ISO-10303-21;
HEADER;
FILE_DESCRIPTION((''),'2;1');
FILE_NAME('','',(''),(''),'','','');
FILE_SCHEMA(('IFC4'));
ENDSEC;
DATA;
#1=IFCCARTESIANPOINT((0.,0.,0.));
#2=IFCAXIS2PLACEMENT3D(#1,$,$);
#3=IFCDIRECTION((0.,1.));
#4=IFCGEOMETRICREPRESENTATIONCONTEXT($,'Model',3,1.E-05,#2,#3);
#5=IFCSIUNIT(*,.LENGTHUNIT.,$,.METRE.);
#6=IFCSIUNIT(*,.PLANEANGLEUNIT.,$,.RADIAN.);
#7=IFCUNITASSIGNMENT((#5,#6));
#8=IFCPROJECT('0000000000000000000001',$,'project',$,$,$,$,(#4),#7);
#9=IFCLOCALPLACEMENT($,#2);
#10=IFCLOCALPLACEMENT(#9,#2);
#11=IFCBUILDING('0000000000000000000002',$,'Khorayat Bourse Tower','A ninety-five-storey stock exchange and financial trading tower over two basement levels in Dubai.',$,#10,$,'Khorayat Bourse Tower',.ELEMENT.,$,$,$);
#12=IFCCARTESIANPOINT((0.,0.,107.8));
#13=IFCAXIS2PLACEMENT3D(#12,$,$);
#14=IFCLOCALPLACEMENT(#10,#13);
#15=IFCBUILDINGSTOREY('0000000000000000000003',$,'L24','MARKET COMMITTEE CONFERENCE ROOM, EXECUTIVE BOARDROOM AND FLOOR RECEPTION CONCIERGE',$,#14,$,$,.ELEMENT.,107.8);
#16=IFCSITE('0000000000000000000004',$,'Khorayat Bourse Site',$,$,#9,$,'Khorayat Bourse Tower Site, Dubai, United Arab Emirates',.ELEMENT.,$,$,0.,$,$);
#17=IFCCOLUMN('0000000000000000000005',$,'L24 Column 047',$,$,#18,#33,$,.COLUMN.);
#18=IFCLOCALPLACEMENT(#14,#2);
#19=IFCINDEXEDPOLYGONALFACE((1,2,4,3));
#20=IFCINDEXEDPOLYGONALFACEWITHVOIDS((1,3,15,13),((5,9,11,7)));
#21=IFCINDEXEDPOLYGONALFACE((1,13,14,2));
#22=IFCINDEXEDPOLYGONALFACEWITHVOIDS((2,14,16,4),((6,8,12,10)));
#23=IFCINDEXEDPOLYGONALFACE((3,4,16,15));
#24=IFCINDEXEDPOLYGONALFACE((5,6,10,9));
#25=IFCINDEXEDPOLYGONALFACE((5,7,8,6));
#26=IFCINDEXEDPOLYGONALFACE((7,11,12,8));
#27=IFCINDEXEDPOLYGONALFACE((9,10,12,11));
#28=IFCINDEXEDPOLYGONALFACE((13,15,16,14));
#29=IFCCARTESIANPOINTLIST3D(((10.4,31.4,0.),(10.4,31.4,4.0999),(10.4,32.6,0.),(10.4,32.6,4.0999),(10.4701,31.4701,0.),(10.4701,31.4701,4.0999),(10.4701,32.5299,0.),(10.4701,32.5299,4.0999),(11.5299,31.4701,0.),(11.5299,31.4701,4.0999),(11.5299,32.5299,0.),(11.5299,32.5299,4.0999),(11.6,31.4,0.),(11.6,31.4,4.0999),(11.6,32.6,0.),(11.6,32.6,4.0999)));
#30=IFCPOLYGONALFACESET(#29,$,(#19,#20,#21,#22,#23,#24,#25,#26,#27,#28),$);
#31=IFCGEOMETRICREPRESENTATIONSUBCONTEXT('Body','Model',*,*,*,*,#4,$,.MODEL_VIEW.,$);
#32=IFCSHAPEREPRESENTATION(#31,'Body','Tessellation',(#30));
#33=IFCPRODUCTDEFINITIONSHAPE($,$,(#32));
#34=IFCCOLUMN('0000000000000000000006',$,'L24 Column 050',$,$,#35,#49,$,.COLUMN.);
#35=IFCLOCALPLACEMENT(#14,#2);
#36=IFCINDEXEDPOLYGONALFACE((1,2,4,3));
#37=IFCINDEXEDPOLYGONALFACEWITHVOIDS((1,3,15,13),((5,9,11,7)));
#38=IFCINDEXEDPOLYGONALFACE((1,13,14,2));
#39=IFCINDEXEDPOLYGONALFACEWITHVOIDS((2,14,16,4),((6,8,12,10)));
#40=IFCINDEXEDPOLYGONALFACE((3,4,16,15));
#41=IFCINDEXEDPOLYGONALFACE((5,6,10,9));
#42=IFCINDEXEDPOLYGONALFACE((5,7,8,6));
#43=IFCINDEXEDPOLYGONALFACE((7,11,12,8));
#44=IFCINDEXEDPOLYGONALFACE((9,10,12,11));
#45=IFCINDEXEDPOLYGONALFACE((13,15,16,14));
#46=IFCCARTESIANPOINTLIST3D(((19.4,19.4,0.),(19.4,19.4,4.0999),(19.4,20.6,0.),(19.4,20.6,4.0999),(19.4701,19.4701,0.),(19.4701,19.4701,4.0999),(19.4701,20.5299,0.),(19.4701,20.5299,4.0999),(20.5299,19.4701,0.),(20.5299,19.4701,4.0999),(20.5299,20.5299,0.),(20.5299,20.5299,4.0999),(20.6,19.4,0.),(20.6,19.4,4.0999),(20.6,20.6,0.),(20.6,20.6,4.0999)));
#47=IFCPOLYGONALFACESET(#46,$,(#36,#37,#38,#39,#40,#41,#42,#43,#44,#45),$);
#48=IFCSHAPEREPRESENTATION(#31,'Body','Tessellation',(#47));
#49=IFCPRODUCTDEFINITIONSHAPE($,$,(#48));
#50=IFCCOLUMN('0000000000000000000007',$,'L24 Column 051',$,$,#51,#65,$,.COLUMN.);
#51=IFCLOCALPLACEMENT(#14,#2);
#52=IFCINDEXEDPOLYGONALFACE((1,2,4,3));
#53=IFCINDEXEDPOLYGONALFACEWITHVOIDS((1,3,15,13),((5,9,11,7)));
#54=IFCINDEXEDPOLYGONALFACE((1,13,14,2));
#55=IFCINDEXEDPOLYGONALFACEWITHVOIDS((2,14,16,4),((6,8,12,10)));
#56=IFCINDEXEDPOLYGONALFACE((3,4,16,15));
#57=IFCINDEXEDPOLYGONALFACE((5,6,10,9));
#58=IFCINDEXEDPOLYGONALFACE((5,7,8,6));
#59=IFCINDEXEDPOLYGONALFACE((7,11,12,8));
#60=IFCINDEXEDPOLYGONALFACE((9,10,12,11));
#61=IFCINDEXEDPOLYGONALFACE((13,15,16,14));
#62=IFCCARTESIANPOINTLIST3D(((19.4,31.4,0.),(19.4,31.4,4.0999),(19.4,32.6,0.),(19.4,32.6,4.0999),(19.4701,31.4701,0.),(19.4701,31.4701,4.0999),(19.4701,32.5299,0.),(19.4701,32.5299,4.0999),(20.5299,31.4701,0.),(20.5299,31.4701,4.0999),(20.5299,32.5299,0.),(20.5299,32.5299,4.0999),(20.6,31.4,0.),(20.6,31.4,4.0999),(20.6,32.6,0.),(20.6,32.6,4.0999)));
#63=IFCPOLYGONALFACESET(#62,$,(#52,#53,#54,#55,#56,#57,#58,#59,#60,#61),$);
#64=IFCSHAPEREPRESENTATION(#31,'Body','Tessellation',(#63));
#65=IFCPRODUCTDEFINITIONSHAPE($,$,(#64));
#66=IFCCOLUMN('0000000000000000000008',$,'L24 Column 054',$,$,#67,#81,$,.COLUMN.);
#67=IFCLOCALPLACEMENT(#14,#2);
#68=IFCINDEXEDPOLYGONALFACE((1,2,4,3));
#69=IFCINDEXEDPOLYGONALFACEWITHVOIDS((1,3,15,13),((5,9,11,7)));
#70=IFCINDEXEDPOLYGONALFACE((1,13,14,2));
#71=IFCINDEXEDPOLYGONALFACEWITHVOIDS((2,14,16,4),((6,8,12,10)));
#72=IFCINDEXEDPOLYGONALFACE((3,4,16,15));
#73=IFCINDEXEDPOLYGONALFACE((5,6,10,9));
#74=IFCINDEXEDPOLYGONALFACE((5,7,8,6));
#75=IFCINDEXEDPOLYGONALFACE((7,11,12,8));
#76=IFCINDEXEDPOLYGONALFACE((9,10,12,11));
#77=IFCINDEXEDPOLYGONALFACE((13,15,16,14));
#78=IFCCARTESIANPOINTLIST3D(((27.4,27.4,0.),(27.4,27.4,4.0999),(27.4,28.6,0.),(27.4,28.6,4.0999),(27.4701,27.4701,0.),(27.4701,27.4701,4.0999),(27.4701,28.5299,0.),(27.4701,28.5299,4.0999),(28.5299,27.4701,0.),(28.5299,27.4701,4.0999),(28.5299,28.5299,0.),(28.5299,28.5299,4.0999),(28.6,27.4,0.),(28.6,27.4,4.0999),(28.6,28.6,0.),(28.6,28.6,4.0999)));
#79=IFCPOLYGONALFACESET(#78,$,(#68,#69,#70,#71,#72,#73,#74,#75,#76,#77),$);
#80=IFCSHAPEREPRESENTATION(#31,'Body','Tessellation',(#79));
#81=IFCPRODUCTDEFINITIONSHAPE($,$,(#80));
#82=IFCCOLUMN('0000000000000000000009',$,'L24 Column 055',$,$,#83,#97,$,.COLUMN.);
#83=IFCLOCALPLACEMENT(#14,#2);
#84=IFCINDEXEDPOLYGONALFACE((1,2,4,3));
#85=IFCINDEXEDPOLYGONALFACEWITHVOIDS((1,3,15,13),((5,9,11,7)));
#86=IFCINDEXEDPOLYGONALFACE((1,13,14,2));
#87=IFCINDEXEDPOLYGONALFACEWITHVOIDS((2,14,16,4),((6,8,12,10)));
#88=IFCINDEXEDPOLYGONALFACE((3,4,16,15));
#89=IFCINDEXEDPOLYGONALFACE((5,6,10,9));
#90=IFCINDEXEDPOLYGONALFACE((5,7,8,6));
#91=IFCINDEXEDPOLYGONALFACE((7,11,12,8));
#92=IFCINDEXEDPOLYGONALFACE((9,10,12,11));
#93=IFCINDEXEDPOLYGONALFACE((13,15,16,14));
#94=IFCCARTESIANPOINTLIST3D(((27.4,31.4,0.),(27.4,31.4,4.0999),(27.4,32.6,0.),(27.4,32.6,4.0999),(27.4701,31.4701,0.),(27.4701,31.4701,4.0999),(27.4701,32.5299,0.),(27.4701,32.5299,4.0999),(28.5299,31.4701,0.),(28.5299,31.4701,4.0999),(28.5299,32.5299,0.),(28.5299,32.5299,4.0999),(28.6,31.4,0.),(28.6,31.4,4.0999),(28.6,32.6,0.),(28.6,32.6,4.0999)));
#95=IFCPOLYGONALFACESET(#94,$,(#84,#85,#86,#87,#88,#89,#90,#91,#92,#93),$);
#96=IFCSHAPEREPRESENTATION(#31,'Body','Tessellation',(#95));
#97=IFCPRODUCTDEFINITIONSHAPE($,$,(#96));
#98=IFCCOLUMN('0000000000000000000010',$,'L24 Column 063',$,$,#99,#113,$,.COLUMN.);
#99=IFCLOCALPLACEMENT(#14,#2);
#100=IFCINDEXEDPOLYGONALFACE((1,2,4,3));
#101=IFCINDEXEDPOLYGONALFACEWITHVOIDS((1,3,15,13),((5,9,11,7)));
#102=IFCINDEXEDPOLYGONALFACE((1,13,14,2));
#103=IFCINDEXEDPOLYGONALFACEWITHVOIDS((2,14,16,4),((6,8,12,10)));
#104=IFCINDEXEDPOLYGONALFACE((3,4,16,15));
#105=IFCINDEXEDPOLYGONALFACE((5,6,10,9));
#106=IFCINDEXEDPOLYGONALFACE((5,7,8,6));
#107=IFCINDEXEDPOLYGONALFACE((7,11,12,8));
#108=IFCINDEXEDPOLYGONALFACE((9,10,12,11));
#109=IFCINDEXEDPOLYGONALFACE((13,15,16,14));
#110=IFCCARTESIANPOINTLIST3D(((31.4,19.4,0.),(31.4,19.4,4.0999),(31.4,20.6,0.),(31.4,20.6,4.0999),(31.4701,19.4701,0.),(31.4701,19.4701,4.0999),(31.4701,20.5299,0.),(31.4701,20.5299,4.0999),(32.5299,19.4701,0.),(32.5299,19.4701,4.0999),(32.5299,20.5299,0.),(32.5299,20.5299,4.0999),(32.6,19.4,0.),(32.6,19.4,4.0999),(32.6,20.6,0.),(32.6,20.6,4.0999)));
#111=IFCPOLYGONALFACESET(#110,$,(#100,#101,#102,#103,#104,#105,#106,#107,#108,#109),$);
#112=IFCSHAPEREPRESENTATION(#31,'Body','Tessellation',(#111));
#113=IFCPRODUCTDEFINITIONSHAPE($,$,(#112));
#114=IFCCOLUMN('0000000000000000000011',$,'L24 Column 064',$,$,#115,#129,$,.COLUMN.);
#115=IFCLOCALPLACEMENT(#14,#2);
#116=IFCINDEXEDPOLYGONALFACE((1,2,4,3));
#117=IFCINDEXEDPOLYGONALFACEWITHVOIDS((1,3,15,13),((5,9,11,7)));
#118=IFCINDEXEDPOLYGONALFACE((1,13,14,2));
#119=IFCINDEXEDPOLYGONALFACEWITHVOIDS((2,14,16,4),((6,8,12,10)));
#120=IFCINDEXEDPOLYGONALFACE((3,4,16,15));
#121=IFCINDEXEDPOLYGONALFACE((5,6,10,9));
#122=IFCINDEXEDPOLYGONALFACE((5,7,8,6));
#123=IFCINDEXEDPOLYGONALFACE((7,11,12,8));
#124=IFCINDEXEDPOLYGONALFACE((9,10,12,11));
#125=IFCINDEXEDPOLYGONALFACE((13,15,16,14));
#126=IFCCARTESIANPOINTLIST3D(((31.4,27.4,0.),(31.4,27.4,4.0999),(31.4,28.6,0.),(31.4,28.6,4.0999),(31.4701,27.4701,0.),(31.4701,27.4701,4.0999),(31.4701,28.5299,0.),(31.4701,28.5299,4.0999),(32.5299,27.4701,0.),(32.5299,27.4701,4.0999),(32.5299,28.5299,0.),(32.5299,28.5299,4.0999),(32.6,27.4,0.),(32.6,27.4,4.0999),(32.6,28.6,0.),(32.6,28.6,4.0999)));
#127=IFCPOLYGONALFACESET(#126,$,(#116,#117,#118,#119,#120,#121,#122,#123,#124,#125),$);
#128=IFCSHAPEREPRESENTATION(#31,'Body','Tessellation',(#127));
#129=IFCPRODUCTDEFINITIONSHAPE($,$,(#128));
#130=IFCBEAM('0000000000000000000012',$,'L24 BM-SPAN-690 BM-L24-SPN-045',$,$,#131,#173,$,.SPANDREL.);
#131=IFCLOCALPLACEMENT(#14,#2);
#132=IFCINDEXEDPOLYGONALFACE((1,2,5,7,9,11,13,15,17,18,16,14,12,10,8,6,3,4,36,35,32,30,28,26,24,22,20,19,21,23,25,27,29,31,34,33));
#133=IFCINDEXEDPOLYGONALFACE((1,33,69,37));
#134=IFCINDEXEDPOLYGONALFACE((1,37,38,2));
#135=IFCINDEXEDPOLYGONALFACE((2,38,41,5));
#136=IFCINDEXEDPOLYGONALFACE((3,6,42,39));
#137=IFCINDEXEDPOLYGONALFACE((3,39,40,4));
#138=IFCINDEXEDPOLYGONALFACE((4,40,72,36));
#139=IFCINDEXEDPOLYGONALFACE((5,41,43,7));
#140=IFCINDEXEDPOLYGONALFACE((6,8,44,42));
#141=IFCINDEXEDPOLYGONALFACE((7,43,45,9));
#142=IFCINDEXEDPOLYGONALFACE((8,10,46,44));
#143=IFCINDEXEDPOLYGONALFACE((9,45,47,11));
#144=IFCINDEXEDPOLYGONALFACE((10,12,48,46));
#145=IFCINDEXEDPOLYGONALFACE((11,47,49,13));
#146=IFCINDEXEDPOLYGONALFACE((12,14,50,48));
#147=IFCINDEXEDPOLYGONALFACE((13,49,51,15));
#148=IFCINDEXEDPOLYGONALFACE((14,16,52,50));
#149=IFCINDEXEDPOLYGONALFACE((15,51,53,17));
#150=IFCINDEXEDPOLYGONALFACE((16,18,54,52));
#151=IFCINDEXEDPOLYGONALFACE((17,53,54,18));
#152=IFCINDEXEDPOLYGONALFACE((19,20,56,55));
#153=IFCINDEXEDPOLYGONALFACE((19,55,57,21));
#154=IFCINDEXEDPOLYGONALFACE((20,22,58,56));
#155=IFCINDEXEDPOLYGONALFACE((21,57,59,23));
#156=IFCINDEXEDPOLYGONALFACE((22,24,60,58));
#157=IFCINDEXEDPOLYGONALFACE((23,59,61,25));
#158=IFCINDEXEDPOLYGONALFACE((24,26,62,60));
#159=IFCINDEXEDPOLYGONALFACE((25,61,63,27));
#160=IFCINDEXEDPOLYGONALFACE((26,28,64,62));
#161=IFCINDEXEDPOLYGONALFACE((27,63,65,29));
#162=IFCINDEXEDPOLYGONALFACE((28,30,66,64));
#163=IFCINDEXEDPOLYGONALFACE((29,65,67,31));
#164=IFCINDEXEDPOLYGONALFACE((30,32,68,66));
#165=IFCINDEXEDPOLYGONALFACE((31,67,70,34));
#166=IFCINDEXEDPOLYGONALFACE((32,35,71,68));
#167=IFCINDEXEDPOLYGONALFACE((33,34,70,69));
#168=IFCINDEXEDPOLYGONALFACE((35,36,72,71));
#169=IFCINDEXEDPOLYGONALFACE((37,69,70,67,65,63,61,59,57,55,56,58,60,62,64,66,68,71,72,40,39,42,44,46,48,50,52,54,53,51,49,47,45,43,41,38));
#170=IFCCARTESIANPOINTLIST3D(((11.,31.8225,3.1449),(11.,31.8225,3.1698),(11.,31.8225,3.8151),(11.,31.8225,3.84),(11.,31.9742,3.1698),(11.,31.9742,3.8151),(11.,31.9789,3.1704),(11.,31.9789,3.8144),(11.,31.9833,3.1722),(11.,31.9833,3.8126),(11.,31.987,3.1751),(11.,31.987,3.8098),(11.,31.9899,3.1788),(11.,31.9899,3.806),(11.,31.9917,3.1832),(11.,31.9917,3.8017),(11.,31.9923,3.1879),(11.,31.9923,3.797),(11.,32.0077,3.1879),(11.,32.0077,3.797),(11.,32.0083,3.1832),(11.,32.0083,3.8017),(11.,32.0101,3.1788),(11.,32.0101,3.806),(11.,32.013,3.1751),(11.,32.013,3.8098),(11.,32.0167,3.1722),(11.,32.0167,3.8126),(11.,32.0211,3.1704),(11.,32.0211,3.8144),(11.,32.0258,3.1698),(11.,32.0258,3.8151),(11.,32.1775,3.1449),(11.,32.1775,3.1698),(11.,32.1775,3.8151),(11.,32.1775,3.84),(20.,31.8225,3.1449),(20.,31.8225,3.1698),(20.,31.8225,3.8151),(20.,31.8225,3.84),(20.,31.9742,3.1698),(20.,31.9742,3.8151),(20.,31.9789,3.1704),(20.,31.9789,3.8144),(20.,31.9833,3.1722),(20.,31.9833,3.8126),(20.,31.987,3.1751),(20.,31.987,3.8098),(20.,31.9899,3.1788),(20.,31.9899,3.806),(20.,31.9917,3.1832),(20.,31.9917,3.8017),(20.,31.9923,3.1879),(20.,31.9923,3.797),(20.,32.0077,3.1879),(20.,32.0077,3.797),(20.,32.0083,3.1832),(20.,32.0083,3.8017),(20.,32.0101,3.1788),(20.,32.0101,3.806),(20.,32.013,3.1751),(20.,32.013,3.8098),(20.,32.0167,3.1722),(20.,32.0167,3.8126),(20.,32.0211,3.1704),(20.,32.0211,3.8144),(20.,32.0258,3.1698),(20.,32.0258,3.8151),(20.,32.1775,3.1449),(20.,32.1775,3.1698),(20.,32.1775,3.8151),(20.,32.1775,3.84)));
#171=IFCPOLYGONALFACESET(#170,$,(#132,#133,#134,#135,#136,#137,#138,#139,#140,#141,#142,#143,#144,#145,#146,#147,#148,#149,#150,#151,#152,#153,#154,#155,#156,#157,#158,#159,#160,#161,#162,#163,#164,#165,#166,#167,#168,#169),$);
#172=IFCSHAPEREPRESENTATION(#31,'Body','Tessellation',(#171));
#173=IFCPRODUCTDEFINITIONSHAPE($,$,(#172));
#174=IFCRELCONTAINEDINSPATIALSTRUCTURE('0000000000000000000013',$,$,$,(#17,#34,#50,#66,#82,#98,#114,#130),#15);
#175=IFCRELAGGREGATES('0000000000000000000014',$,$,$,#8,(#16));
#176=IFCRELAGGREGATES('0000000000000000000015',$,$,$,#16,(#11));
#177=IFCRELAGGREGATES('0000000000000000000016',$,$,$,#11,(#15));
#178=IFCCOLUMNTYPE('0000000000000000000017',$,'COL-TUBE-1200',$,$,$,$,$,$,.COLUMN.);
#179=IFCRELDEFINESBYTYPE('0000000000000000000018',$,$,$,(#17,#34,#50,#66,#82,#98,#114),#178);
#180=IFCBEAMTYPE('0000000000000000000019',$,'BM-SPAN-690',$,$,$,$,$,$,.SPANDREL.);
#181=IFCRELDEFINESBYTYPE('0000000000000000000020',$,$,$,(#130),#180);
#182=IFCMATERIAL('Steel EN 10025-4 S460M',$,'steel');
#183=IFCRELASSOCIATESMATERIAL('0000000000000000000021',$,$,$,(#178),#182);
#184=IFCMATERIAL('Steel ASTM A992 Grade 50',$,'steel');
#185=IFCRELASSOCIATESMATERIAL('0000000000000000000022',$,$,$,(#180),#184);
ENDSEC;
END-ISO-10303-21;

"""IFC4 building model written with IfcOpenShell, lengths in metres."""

from ifc_helpers import new_model, si_unit, direction, frame, origin, origin_2d, place, context, subcontext, project, spatial, hollow_rectangle, i_section, extrude, source, transform, mapped, material, material_profile, profile_set, type_object, element, save


model = new_model("IFC4")

# Units and contexts
model_context = context("Model", 3, precision=1e-05, world=origin(), true_north=direction((0.0, 1.0)))
body_context = subcontext(model_context, "Body", "Model", "MODEL_VIEW")
ifc_project = project(units=[si_unit("LENGTHUNIT", "METRE"), si_unit("PLANEANGLEUNIT", "RADIAN")], contexts=[model_context])

# Site, building, storey
site_placement = place(None, origin())
site = spatial("IfcSite", under=ifc_project, at=site_placement, Name="Khorayat Bourse Site", LongName="Khorayat Bourse Tower Site, Dubai, United Arab Emirates", CompositionType="ELEMENT", RefElevation=0.0)
building_placement = place(site_placement, origin())
building = spatial("IfcBuilding", under=site, at=building_placement, Name="Khorayat Bourse Tower", Description="A ninety-five-storey stock exchange and financial trading tower over two basement levels in Dubai.", LongName="Khorayat Bourse Tower", CompositionType="ELEMENT")
storey_placement = place(building_placement, frame((0.0, 0.0, 107.8)))
storey = spatial("IfcBuildingStorey", under=building, at=storey_placement, Name="L24", Description="MARKET COMMITTEE CONFERENCE ROOM, EXECUTIVE BOARDROOM AND FLOOR RECEPTION CONCIERGE", CompositionType="ELEMENT", Elevation=107.8)

# Columns
ifc_material_1 = material(Name="Steel EN 10025-4 S460M", Category="steel")
ifc_material_profile_1 = material_profile(ifc_material_1, hollow_rectangle(XDim=1.2, YDim=1.2, WallThickness=0.0701, at=origin_2d()), Name="BOX 1200x1200x70")
ifc_profile_set_1 = profile_set([ifc_material_profile_1], Name="Steel EN 10025-4 S460M")
column_type = type_object("IfcColumnType", Name="COL-TUBE-1200", PredefinedType="COLUMN", material=ifc_profile_set_1)
shared_shape_1 = source(origin(), body_context, "Body", "SweptSolid", [
    extrude(hollow_rectangle(XDim=1.2, YDim=1.2, WallThickness=0.0701, at=origin_2d()), origin(), (0.0, 0.0, 1.0), 4.0999),
])
for number, where, z_axis, x_axis, name in (
    (1, (11.0, 32.0, 0.0), (0.0, 0.0, 1.0), (1.0, 0.0, 0.0), "L24 Column 047"),
    (2, (20.0, 20.0, 0.0), (0.0, 0.0, 1.0), (1.0, 0.0, 0.0), "L24 Column 050"),
    (3, (20.0, 32.0, 0.0), (0.0, 0.0, 1.0), (1.0, 0.0, 0.0), "L24 Column 051"),
    (4, (28.0, 28.0, 0.0), (0.0, 0.0, 1.0), (1.0, 0.0, 0.0), "L24 Column 054"),
    (5, (28.0, 32.0, 0.0), (0.0, 0.0, 1.0), (1.0, 0.0, 0.0), "L24 Column 055"),
    (6, (32.0, 20.0, 0.0), (0.0, 0.0, 1.0), (1.0, 0.0, 0.0), "L24 Column 063"),
    (7, (32.0, 28.0, 0.0), (0.0, 0.0, 1.0), (1.0, 0.0, 0.0), "L24 Column 064"),
):
    element("IfcColumn", number, at=place(storey_placement, frame(where, z_axis=z_axis, x_axis=x_axis)), inside=storey, type_object=column_type, Name=name, PredefinedType="COLUMN", context=body_context, shape_type="MappedRepresentation", body=[
        mapped(shared_shape_1, transform((0.0, 0.0, 0.0), scale=1.0)),
    ])

# Beam
ifc_material_2 = material(Name="Steel ASTM A992 Grade 50", Category="steel")
ifc_material_profile_2 = material_profile(ifc_material_2, i_section(OverallWidth=0.355, OverallDepth=0.6951, WebThickness=0.0154, FlangeThickness=0.0249, FilletRadius=0.0181, at=origin_2d()), Name="W690X217")
ifc_profile_set_2 = profile_set([ifc_material_profile_2], Name="Steel ASTM A992 Grade 50")
beam_type_1 = type_object("IfcBeamType", Name="BM-SPAN-690", PredefinedType="SPANDREL", material=ifc_profile_set_2)
shared_shape_2 = source(origin(), body_context, "Body", "SweptSolid", [
    extrude(i_section(OverallWidth=0.355, OverallDepth=0.6951, WebThickness=0.0154, FlangeThickness=0.0249, FilletRadius=0.0181, at=origin_2d()), origin(), (0.0, 0.0, 1.0), 9.0),
])
beam_1_placement = place(storey_placement, frame((11.0, 32.0, 3.4924), z_axis=(1.0, 0.0, 0.0), x_axis=(0.0, 1.0, 0.0)))
element("IfcBeam", 8, at=beam_1_placement, inside=storey, type_object=beam_type_1, Name="L24 BM-SPAN-690 BM-L24-SPN-045", PredefinedType="SPANDREL", context=body_context, shape_type="MappedRepresentation", body=[
    mapped(shared_shape_2, transform((0.0, 0.0, 0.0), scale=1.0)),
])

save(model, "model.ifc")
